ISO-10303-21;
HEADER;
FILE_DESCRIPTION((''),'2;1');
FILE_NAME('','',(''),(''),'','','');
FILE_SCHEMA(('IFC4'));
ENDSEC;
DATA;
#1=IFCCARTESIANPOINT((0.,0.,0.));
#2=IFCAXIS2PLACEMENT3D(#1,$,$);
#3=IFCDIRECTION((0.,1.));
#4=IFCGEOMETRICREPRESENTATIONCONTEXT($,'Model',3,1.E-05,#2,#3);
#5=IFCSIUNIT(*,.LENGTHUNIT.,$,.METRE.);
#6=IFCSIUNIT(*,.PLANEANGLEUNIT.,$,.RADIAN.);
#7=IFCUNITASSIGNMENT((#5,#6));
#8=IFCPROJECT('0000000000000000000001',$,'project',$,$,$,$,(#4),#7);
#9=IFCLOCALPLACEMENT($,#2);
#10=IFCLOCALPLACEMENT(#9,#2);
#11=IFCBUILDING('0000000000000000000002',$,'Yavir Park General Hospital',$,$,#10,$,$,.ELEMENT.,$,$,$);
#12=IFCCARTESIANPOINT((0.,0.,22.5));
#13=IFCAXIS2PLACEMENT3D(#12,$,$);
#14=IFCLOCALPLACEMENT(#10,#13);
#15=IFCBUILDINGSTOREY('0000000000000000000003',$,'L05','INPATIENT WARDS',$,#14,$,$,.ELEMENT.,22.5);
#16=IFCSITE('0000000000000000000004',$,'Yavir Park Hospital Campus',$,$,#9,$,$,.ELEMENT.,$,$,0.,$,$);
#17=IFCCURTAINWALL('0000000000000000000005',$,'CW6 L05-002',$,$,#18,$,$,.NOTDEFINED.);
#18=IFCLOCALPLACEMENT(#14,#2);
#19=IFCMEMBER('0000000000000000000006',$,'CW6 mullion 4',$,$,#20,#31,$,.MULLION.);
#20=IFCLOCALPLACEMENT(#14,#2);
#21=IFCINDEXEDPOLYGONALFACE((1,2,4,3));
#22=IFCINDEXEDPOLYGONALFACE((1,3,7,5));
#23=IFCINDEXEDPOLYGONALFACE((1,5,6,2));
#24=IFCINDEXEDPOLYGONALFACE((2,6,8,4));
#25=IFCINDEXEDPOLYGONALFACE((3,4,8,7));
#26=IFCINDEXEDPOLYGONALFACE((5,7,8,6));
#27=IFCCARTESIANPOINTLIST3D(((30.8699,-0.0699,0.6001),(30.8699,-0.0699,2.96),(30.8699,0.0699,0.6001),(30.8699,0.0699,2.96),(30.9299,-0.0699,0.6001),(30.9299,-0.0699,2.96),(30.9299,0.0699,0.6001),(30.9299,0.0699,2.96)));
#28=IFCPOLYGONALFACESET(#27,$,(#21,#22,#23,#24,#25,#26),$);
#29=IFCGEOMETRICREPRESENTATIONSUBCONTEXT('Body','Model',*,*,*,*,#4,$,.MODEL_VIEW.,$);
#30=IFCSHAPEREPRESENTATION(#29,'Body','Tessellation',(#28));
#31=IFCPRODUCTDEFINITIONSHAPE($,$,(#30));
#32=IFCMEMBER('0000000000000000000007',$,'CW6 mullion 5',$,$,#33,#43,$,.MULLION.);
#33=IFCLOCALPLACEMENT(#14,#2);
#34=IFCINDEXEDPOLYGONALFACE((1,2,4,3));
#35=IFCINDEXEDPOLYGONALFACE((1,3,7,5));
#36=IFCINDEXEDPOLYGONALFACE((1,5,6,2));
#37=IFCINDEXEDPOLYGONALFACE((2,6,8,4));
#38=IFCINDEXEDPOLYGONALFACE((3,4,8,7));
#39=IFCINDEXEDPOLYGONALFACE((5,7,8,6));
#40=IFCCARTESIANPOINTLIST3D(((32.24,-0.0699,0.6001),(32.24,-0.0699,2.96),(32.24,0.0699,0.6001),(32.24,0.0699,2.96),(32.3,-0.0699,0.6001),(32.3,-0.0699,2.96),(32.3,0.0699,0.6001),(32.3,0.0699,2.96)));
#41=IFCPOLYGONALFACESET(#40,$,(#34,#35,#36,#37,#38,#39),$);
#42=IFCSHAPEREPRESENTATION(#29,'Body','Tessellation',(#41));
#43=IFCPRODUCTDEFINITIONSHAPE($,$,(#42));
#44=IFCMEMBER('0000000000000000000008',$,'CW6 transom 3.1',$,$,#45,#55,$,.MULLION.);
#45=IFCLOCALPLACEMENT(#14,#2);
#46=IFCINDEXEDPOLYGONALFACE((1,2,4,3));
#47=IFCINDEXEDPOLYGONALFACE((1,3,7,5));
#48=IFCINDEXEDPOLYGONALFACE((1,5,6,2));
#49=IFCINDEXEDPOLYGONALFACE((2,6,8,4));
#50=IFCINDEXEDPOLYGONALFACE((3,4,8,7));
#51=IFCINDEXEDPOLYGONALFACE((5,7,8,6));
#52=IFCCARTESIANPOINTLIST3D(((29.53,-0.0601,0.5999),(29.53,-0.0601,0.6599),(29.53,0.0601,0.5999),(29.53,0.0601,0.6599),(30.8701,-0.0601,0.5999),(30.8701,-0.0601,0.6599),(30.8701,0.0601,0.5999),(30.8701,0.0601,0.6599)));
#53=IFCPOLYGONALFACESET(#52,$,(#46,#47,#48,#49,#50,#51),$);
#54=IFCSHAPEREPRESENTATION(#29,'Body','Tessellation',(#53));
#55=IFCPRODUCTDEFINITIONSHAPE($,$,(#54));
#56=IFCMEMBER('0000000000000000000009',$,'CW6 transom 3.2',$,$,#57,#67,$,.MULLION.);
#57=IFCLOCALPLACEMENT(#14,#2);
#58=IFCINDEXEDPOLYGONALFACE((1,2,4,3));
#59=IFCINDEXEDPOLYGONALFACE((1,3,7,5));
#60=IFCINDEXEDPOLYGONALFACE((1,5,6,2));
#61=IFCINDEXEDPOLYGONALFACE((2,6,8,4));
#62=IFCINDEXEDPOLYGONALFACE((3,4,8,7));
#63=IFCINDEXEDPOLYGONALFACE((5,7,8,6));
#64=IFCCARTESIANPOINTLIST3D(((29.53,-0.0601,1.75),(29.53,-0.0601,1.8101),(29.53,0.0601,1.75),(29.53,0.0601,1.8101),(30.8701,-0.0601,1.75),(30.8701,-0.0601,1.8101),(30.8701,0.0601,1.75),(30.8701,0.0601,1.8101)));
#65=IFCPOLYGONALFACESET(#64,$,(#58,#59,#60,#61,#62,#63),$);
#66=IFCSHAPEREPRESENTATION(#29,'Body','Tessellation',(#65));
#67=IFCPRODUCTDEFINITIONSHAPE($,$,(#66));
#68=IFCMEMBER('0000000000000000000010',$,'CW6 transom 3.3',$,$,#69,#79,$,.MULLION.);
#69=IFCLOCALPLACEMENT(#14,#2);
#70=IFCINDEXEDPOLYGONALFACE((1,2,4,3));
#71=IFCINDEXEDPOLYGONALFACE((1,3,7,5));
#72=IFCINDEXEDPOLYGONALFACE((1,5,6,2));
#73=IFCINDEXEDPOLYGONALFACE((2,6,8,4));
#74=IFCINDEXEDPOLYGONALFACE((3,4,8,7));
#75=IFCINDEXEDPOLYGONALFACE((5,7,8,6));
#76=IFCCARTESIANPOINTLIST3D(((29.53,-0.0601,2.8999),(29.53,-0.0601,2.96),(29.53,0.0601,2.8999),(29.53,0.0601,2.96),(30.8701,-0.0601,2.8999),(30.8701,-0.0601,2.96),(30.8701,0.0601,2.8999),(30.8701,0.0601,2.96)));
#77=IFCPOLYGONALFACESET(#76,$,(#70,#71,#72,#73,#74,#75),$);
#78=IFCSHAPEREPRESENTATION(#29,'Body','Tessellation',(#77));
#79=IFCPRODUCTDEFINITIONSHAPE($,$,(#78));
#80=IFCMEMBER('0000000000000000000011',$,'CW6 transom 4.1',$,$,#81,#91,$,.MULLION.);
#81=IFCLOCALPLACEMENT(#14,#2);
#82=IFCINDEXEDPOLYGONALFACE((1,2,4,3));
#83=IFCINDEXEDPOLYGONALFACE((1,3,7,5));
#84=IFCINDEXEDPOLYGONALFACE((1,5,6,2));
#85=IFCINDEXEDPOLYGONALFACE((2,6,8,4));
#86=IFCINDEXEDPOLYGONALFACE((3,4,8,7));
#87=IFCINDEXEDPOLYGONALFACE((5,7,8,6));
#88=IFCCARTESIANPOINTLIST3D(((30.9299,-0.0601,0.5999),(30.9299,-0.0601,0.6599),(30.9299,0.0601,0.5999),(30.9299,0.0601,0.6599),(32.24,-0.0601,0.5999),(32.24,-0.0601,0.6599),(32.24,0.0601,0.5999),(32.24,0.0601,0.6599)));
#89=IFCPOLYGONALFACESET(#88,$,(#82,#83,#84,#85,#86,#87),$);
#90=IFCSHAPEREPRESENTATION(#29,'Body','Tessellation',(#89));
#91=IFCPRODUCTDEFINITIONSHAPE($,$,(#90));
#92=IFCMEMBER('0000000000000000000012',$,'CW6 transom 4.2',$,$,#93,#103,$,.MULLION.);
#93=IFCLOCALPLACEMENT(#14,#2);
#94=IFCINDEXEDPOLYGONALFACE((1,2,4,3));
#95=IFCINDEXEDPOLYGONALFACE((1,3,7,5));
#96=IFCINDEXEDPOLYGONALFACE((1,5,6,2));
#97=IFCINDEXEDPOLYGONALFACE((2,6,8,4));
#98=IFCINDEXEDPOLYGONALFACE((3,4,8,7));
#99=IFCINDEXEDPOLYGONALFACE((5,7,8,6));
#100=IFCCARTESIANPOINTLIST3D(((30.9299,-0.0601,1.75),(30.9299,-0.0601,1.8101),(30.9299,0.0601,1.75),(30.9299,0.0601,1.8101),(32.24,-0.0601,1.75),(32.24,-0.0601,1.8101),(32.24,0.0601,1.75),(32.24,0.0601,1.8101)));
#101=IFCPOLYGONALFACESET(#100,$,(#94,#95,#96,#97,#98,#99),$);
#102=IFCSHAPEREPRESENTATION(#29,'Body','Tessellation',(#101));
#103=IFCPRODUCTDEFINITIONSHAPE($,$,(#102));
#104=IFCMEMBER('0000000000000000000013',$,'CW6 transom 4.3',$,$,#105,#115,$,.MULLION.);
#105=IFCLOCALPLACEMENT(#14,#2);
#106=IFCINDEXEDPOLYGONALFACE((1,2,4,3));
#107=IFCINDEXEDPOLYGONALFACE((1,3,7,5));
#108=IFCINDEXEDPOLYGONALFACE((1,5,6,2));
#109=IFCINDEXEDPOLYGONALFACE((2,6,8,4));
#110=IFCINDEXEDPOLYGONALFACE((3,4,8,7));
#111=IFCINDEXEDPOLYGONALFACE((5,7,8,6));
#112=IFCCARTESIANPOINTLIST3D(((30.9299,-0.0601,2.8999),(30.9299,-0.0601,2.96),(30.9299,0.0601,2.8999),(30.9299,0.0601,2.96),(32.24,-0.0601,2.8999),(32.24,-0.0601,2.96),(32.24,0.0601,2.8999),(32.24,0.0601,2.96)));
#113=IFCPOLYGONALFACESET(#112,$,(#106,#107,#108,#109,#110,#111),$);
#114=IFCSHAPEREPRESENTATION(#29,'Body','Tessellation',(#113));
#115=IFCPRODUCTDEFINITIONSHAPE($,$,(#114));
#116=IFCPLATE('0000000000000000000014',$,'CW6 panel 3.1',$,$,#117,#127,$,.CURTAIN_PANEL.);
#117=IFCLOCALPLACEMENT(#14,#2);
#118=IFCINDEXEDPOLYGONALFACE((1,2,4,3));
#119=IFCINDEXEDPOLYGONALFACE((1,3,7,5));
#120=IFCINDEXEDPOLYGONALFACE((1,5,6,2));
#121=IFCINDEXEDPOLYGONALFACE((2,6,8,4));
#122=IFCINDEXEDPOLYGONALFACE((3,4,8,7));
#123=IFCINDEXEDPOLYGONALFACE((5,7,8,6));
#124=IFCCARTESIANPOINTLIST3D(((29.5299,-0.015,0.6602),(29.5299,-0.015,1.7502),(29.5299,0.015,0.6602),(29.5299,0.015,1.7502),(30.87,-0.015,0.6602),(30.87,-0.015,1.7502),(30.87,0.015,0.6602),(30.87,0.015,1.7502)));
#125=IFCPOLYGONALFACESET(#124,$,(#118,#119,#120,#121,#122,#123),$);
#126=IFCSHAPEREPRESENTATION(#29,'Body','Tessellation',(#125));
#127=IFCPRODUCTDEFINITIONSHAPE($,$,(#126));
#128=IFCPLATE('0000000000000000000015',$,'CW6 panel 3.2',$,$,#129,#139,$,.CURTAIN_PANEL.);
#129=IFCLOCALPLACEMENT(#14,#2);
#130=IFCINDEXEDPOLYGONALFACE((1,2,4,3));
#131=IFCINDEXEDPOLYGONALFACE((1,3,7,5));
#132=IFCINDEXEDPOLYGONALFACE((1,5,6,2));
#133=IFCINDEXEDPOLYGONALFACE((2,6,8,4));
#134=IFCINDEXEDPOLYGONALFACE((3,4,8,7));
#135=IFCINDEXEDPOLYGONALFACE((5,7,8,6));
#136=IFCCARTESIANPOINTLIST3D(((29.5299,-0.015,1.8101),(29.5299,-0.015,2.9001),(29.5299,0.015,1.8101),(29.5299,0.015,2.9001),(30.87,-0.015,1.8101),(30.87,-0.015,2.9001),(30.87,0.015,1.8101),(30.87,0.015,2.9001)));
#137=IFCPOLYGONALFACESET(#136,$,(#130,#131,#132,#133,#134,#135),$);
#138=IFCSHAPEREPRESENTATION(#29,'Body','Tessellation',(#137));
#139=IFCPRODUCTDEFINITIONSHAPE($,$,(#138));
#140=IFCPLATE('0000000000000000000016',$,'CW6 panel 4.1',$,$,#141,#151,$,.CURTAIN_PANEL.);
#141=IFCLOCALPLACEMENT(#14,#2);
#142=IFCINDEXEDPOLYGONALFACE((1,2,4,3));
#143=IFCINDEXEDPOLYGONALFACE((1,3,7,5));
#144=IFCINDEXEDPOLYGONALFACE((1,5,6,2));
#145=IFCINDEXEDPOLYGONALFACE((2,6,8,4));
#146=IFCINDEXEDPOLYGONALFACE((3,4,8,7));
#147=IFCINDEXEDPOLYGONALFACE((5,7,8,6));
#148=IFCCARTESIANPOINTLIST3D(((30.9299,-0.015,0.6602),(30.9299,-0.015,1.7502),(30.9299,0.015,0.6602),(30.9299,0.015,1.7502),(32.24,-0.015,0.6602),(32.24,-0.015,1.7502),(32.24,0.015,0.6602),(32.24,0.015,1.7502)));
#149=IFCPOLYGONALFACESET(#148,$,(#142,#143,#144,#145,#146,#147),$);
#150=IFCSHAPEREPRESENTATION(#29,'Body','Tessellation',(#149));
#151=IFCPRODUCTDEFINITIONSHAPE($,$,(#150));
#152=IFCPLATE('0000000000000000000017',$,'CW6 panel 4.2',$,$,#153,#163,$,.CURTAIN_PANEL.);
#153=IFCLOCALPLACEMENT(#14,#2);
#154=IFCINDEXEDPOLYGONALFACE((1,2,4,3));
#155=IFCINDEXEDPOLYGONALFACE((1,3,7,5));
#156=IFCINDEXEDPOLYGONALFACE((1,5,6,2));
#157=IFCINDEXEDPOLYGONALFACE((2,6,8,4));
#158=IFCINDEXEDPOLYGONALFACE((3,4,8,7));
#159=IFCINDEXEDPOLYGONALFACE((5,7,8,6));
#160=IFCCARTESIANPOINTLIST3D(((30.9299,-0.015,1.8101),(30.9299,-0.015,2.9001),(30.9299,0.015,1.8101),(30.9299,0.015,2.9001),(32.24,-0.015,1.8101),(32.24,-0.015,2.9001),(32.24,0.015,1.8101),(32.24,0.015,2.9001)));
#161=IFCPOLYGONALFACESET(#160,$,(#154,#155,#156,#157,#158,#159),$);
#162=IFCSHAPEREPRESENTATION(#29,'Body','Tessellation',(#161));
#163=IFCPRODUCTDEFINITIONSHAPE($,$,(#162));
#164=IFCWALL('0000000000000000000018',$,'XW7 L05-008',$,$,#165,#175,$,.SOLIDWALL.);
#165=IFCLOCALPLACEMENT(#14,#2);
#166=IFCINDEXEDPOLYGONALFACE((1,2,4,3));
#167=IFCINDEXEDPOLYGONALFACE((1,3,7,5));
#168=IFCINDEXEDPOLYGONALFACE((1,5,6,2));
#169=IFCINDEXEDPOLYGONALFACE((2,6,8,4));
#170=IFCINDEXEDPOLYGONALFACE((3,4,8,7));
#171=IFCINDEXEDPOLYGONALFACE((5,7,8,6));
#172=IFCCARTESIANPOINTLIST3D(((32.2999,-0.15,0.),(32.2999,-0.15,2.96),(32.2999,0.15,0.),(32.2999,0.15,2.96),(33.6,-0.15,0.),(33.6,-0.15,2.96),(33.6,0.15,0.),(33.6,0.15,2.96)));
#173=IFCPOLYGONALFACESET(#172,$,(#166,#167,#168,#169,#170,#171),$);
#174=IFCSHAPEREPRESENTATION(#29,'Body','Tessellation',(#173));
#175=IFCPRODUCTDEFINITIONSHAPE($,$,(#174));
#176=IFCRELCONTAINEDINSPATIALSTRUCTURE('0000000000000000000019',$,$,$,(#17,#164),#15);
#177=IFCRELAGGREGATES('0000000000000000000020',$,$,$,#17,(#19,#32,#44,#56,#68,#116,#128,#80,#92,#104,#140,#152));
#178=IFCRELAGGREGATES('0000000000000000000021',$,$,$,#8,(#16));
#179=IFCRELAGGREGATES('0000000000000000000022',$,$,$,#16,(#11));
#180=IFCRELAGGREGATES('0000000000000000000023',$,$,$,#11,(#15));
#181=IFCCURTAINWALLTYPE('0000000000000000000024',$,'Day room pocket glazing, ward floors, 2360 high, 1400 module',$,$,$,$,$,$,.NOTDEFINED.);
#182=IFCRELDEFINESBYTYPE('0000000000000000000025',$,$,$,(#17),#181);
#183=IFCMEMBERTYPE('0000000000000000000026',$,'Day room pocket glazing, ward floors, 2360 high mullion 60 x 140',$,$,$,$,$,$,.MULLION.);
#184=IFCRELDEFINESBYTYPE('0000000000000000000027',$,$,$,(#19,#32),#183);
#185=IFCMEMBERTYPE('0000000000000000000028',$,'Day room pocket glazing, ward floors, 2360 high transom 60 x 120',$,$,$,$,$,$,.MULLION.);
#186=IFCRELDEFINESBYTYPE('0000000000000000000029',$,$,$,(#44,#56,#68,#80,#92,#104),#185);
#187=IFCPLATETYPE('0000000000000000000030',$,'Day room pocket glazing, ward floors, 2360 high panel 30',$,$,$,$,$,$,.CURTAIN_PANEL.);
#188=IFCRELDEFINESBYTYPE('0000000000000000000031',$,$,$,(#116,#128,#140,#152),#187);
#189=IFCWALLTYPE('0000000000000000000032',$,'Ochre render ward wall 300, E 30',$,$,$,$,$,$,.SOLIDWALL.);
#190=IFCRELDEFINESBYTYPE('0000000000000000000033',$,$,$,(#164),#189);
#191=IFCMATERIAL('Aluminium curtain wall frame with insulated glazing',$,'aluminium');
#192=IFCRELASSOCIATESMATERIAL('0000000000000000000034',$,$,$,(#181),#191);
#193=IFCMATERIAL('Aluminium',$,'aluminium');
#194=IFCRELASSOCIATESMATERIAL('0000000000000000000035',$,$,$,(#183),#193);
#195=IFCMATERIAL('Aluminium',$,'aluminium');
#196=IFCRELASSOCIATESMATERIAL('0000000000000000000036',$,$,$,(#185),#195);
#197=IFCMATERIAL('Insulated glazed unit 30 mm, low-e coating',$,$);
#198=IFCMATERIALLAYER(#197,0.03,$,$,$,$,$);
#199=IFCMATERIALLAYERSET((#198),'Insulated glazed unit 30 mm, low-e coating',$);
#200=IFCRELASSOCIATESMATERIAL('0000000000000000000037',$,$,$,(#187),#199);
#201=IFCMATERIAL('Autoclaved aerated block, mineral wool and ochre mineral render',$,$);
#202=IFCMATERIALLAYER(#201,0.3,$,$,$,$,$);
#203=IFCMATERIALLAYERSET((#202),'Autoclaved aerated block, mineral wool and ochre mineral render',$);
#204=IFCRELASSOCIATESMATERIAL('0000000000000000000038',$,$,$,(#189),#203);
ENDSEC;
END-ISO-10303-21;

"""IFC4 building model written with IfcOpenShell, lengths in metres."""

from ifc_helpers import new_model, si_unit, direction, frame, frame_2d, origin, origin_2d, place, context, subcontext, project, spatial, rectangle, extrude, material, layer, layer_set, material_profile, profile_set, type_object, element, aggregate, save


model = new_model("IFC4")

# Units and contexts
model_context = context("Model", 3, precision=1e-05, world=origin(), true_north=direction((0.0, 1.0)))
body_context = subcontext(model_context, "Body", "Model", "MODEL_VIEW")
ifc_project = project(units=[si_unit("LENGTHUNIT", "METRE"), si_unit("PLANEANGLEUNIT", "RADIAN")], contexts=[model_context])

# Site, building, storey
site_placement = place(None, origin())
site = spatial("IfcSite", under=ifc_project, at=site_placement, Name="Yavir Park Hospital Campus", CompositionType="ELEMENT", RefElevation=0.0)
building_placement = place(site_placement, origin())
building = spatial("IfcBuilding", under=site, at=building_placement, Name="Yavir Park General Hospital", CompositionType="ELEMENT")
storey_placement = place(building_placement, frame((0.0, 0.0, 22.5)))
storey = spatial("IfcBuildingStorey", under=building, at=storey_placement, Name="L05", Description="INPATIENT WARDS", CompositionType="ELEMENT", Elevation=22.5)

# Curtain wall, members, plates
ifc_material_1 = material(Name="Aluminium curtain wall frame with insulated glazing", Category="aluminium")
curtain_wall_type = type_object("IfcCurtainWallType", Name="Day room pocket glazing, ward floors, 2360 high, 1400 module", PredefinedType="NOTDEFINED", material=ifc_material_1)
curtain_wall_placement = place(storey_placement, origin())
curtain_wall = element("IfcCurtainWall", 1, at=curtain_wall_placement, inside=storey, type_object=curtain_wall_type, Name="CW6 L05-002", PredefinedType="NOTDEFINED")
ifc_material_2 = material(Name="Aluminium", Category="aluminium")
ifc_material_profile_1 = material_profile(ifc_material_2, rectangle(XDim=0.1399, YDim=0.0601, at=origin_2d()), Name="AL 60x140")
ifc_profile_set_1 = profile_set([ifc_material_profile_1], Name="Aluminium")
member_type_1 = type_object("IfcMemberType", Name="Day room pocket glazing, ward floors, 2360 high mullion 60 x 140", PredefinedType="MULLION", material=ifc_profile_set_1)
member_1_placement = place(storey_placement, frame((30.8999, 0.0, 0.6001), z_axis=(0.0, 0.0, 1.0), x_axis=(0.0, 1.0, 0.0)))
member_1 = element("IfcMember", 2, at=member_1_placement, type_object=member_type_1, Name="CW6 mullion 4", PredefinedType="MULLION", context=body_context, shape_type="SweptSolid", body=[
    extrude(rectangle(XDim=0.1399, YDim=0.0601, at=origin_2d()), origin(), (0.0, 0.0, 1.0), 2.3599),
])
member_2_placement = place(storey_placement, frame((32.27, 0.0, 0.6001), z_axis=(0.0, 0.0, 1.0), x_axis=(0.0, 1.0, 0.0)))
member_2 = element("IfcMember", 3, at=member_2_placement, type_object=member_type_1, Name="CW6 mullion 5", PredefinedType="MULLION", context=body_context, shape_type="SweptSolid", body=[
    extrude(rectangle(XDim=0.1399, YDim=0.0601, at=origin_2d()), origin(), (0.0, 0.0, 1.0), 2.3599),
])
ifc_material_3 = material(Name="Aluminium", Category="aluminium")
ifc_material_profile_2 = material_profile(ifc_material_3, rectangle(XDim=0.1201, YDim=0.0601, at=origin_2d()), Name="AL 120x60")
ifc_profile_set_2 = profile_set([ifc_material_profile_2], Name="Aluminium")
member_type_2 = type_object("IfcMemberType", Name="Day room pocket glazing, ward floors, 2360 high transom 60 x 120", PredefinedType="MULLION", material=ifc_profile_set_2)
member_3_placement = place(storey_placement, frame((29.53, 0.0, 0.6299), z_axis=(1.0, 0.0, 0.0), x_axis=(0.0, 1.0, 0.0)))
member_3 = element("IfcMember", 4, at=member_3_placement, type_object=member_type_2, Name="CW6 transom 3.1", PredefinedType="MULLION", context=body_context, shape_type="SweptSolid", body=[
    extrude(rectangle(XDim=0.1201, YDim=0.0601, at=origin_2d()), origin(), (0.0, 0.0, 1.0), 1.3401),
])
member_4_placement = place(storey_placement, frame((29.53, 0.0, 1.78), z_axis=(1.0, 0.0, 0.0), x_axis=(0.0, 1.0, 0.0)))
member_4 = element("IfcMember", 5, at=member_4_placement, type_object=member_type_2, Name="CW6 transom 3.2", PredefinedType="MULLION", context=body_context, shape_type="SweptSolid", body=[
    extrude(rectangle(XDim=0.1201, YDim=0.0601, at=origin_2d()), origin(), (0.0, 0.0, 1.0), 1.3401),
])
member_5_placement = place(storey_placement, frame((29.53, 0.0, 2.9299), z_axis=(1.0, 0.0, 0.0), x_axis=(0.0, 1.0, 0.0)))
member_5 = element("IfcMember", 6, at=member_5_placement, type_object=member_type_2, Name="CW6 transom 3.3", PredefinedType="MULLION", context=body_context, shape_type="SweptSolid", body=[
    extrude(rectangle(XDim=0.1201, YDim=0.0601, at=origin_2d()), origin(), (0.0, 0.0, 1.0), 1.3401),
])
member_6_placement = place(storey_placement, frame((30.9299, 0.0, 0.6299), z_axis=(1.0, 0.0, 0.0), x_axis=(0.0, 1.0, 0.0)))
member_6 = element("IfcMember", 7, at=member_6_placement, type_object=member_type_2, Name="CW6 transom 4.1", PredefinedType="MULLION", context=body_context, shape_type="SweptSolid", body=[
    extrude(rectangle(XDim=0.1201, YDim=0.0601, at=origin_2d()), origin(), (0.0, 0.0, 1.0), 1.3101),
])
member_7_placement = place(storey_placement, frame((30.9299, 0.0, 1.78), z_axis=(1.0, 0.0, 0.0), x_axis=(0.0, 1.0, 0.0)))
member_7 = element("IfcMember", 8, at=member_7_placement, type_object=member_type_2, Name="CW6 transom 4.2", PredefinedType="MULLION", context=body_context, shape_type="SweptSolid", body=[
    extrude(rectangle(XDim=0.1201, YDim=0.0601, at=origin_2d()), origin(), (0.0, 0.0, 1.0), 1.3101),
])
member_8_placement = place(storey_placement, frame((30.9299, 0.0, 2.9299), z_axis=(1.0, 0.0, 0.0), x_axis=(0.0, 1.0, 0.0)))
member_8 = element("IfcMember", 9, at=member_8_placement, type_object=member_type_2, Name="CW6 transom 4.3", PredefinedType="MULLION", context=body_context, shape_type="SweptSolid", body=[
    extrude(rectangle(XDim=0.1201, YDim=0.0601, at=origin_2d()), origin(), (0.0, 0.0, 1.0), 1.3101),
])
ifc_material_4 = material(Name="Insulated glazed unit 30 mm, low-e coating")
ifc_layer_1 = layer(ifc_material_4, 0.03)
ifc_layer_set_1 = layer_set([ifc_layer_1], Name="Insulated glazed unit 30 mm, low-e coating")
plate_type = type_object("IfcPlateType", Name="Day room pocket glazing, ward floors, 2360 high panel 30", PredefinedType="CURTAIN_PANEL", material=ifc_layer_set_1)
plate_1_placement = place(storey_placement, frame((30.2, 0.0, 0.6602), z_axis=(0.0, 0.0, 1.0), x_axis=(1.0, 0.0, 0.0)))
plate_1 = element("IfcPlate", 10, at=plate_1_placement, type_object=plate_type, Name="CW6 panel 3.1", PredefinedType="CURTAIN_PANEL", context=body_context, shape_type="SweptSolid", body=[
    extrude(rectangle(XDim=1.3401, YDim=0.03, at=origin_2d()), origin(), (0.0, 0.0, 1.0), 1.0901),
])
plate_2_placement = place(storey_placement, frame((30.2, 0.0, 1.8101), z_axis=(0.0, 0.0, 1.0), x_axis=(1.0, 0.0, 0.0)))
plate_2 = element("IfcPlate", 11, at=plate_2_placement, type_object=plate_type, Name="CW6 panel 3.2", PredefinedType="CURTAIN_PANEL", context=body_context, shape_type="SweptSolid", body=[
    extrude(rectangle(XDim=1.3401, YDim=0.03, at=origin_2d()), origin(), (0.0, 0.0, 1.0), 1.0901),
])
plate_3_placement = place(storey_placement, frame((31.585, 0.0, 0.6602), z_axis=(0.0, 0.0, 1.0), x_axis=(1.0, 0.0, 0.0)))
plate_3 = element("IfcPlate", 12, at=plate_3_placement, type_object=plate_type, Name="CW6 panel 4.1", PredefinedType="CURTAIN_PANEL", context=body_context, shape_type="SweptSolid", body=[
    extrude(rectangle(XDim=1.3101, YDim=0.03, at=origin_2d()), origin(), (0.0, 0.0, 1.0), 1.0901),
])
plate_4_placement = place(storey_placement, frame((31.585, 0.0, 1.8101), z_axis=(0.0, 0.0, 1.0), x_axis=(1.0, 0.0, 0.0)))
plate_4 = element("IfcPlate", 13, at=plate_4_placement, type_object=plate_type, Name="CW6 panel 4.2", PredefinedType="CURTAIN_PANEL", context=body_context, shape_type="SweptSolid", body=[
    extrude(rectangle(XDim=1.3101, YDim=0.03, at=origin_2d()), origin(), (0.0, 0.0, 1.0), 1.0901),
])
aggregate(curtain_wall, [member_1, member_2, member_3, member_4, member_5, plate_1, plate_2, member_6, member_7, member_8, plate_3, plate_4])

# Wall
ifc_material_5 = material(Name="Autoclaved aerated block, mineral wool and ochre mineral render")
ifc_layer_2 = layer(ifc_material_5, 0.3)
ifc_layer_set_2 = layer_set([ifc_layer_2], Name="Autoclaved aerated block, mineral wool and ochre mineral render")
wall_type_1 = type_object("IfcWallType", Name="Ochre render ward wall 300, E 30", PredefinedType="SOLIDWALL", material=ifc_layer_set_2)
wall_1_placement = place(storey_placement, frame((32.3, 0.0, 0.0), z_axis=(0.0, 0.0, 1.0), x_axis=(1.0, 0.0, 0.0)))
element("IfcWall", 14, at=wall_1_placement, inside=storey, type_object=wall_type_1, Name="XW7 L05-008", PredefinedType="SOLIDWALL", context=body_context, shape_type="SweptSolid", body=[
    extrude(rectangle(XDim=1.3, YDim=0.3, at=frame_2d((0.6499, 0.0))), origin(), (0.0, 0.0, 1.0), 2.96),
])

save(model, "model.ifc")
